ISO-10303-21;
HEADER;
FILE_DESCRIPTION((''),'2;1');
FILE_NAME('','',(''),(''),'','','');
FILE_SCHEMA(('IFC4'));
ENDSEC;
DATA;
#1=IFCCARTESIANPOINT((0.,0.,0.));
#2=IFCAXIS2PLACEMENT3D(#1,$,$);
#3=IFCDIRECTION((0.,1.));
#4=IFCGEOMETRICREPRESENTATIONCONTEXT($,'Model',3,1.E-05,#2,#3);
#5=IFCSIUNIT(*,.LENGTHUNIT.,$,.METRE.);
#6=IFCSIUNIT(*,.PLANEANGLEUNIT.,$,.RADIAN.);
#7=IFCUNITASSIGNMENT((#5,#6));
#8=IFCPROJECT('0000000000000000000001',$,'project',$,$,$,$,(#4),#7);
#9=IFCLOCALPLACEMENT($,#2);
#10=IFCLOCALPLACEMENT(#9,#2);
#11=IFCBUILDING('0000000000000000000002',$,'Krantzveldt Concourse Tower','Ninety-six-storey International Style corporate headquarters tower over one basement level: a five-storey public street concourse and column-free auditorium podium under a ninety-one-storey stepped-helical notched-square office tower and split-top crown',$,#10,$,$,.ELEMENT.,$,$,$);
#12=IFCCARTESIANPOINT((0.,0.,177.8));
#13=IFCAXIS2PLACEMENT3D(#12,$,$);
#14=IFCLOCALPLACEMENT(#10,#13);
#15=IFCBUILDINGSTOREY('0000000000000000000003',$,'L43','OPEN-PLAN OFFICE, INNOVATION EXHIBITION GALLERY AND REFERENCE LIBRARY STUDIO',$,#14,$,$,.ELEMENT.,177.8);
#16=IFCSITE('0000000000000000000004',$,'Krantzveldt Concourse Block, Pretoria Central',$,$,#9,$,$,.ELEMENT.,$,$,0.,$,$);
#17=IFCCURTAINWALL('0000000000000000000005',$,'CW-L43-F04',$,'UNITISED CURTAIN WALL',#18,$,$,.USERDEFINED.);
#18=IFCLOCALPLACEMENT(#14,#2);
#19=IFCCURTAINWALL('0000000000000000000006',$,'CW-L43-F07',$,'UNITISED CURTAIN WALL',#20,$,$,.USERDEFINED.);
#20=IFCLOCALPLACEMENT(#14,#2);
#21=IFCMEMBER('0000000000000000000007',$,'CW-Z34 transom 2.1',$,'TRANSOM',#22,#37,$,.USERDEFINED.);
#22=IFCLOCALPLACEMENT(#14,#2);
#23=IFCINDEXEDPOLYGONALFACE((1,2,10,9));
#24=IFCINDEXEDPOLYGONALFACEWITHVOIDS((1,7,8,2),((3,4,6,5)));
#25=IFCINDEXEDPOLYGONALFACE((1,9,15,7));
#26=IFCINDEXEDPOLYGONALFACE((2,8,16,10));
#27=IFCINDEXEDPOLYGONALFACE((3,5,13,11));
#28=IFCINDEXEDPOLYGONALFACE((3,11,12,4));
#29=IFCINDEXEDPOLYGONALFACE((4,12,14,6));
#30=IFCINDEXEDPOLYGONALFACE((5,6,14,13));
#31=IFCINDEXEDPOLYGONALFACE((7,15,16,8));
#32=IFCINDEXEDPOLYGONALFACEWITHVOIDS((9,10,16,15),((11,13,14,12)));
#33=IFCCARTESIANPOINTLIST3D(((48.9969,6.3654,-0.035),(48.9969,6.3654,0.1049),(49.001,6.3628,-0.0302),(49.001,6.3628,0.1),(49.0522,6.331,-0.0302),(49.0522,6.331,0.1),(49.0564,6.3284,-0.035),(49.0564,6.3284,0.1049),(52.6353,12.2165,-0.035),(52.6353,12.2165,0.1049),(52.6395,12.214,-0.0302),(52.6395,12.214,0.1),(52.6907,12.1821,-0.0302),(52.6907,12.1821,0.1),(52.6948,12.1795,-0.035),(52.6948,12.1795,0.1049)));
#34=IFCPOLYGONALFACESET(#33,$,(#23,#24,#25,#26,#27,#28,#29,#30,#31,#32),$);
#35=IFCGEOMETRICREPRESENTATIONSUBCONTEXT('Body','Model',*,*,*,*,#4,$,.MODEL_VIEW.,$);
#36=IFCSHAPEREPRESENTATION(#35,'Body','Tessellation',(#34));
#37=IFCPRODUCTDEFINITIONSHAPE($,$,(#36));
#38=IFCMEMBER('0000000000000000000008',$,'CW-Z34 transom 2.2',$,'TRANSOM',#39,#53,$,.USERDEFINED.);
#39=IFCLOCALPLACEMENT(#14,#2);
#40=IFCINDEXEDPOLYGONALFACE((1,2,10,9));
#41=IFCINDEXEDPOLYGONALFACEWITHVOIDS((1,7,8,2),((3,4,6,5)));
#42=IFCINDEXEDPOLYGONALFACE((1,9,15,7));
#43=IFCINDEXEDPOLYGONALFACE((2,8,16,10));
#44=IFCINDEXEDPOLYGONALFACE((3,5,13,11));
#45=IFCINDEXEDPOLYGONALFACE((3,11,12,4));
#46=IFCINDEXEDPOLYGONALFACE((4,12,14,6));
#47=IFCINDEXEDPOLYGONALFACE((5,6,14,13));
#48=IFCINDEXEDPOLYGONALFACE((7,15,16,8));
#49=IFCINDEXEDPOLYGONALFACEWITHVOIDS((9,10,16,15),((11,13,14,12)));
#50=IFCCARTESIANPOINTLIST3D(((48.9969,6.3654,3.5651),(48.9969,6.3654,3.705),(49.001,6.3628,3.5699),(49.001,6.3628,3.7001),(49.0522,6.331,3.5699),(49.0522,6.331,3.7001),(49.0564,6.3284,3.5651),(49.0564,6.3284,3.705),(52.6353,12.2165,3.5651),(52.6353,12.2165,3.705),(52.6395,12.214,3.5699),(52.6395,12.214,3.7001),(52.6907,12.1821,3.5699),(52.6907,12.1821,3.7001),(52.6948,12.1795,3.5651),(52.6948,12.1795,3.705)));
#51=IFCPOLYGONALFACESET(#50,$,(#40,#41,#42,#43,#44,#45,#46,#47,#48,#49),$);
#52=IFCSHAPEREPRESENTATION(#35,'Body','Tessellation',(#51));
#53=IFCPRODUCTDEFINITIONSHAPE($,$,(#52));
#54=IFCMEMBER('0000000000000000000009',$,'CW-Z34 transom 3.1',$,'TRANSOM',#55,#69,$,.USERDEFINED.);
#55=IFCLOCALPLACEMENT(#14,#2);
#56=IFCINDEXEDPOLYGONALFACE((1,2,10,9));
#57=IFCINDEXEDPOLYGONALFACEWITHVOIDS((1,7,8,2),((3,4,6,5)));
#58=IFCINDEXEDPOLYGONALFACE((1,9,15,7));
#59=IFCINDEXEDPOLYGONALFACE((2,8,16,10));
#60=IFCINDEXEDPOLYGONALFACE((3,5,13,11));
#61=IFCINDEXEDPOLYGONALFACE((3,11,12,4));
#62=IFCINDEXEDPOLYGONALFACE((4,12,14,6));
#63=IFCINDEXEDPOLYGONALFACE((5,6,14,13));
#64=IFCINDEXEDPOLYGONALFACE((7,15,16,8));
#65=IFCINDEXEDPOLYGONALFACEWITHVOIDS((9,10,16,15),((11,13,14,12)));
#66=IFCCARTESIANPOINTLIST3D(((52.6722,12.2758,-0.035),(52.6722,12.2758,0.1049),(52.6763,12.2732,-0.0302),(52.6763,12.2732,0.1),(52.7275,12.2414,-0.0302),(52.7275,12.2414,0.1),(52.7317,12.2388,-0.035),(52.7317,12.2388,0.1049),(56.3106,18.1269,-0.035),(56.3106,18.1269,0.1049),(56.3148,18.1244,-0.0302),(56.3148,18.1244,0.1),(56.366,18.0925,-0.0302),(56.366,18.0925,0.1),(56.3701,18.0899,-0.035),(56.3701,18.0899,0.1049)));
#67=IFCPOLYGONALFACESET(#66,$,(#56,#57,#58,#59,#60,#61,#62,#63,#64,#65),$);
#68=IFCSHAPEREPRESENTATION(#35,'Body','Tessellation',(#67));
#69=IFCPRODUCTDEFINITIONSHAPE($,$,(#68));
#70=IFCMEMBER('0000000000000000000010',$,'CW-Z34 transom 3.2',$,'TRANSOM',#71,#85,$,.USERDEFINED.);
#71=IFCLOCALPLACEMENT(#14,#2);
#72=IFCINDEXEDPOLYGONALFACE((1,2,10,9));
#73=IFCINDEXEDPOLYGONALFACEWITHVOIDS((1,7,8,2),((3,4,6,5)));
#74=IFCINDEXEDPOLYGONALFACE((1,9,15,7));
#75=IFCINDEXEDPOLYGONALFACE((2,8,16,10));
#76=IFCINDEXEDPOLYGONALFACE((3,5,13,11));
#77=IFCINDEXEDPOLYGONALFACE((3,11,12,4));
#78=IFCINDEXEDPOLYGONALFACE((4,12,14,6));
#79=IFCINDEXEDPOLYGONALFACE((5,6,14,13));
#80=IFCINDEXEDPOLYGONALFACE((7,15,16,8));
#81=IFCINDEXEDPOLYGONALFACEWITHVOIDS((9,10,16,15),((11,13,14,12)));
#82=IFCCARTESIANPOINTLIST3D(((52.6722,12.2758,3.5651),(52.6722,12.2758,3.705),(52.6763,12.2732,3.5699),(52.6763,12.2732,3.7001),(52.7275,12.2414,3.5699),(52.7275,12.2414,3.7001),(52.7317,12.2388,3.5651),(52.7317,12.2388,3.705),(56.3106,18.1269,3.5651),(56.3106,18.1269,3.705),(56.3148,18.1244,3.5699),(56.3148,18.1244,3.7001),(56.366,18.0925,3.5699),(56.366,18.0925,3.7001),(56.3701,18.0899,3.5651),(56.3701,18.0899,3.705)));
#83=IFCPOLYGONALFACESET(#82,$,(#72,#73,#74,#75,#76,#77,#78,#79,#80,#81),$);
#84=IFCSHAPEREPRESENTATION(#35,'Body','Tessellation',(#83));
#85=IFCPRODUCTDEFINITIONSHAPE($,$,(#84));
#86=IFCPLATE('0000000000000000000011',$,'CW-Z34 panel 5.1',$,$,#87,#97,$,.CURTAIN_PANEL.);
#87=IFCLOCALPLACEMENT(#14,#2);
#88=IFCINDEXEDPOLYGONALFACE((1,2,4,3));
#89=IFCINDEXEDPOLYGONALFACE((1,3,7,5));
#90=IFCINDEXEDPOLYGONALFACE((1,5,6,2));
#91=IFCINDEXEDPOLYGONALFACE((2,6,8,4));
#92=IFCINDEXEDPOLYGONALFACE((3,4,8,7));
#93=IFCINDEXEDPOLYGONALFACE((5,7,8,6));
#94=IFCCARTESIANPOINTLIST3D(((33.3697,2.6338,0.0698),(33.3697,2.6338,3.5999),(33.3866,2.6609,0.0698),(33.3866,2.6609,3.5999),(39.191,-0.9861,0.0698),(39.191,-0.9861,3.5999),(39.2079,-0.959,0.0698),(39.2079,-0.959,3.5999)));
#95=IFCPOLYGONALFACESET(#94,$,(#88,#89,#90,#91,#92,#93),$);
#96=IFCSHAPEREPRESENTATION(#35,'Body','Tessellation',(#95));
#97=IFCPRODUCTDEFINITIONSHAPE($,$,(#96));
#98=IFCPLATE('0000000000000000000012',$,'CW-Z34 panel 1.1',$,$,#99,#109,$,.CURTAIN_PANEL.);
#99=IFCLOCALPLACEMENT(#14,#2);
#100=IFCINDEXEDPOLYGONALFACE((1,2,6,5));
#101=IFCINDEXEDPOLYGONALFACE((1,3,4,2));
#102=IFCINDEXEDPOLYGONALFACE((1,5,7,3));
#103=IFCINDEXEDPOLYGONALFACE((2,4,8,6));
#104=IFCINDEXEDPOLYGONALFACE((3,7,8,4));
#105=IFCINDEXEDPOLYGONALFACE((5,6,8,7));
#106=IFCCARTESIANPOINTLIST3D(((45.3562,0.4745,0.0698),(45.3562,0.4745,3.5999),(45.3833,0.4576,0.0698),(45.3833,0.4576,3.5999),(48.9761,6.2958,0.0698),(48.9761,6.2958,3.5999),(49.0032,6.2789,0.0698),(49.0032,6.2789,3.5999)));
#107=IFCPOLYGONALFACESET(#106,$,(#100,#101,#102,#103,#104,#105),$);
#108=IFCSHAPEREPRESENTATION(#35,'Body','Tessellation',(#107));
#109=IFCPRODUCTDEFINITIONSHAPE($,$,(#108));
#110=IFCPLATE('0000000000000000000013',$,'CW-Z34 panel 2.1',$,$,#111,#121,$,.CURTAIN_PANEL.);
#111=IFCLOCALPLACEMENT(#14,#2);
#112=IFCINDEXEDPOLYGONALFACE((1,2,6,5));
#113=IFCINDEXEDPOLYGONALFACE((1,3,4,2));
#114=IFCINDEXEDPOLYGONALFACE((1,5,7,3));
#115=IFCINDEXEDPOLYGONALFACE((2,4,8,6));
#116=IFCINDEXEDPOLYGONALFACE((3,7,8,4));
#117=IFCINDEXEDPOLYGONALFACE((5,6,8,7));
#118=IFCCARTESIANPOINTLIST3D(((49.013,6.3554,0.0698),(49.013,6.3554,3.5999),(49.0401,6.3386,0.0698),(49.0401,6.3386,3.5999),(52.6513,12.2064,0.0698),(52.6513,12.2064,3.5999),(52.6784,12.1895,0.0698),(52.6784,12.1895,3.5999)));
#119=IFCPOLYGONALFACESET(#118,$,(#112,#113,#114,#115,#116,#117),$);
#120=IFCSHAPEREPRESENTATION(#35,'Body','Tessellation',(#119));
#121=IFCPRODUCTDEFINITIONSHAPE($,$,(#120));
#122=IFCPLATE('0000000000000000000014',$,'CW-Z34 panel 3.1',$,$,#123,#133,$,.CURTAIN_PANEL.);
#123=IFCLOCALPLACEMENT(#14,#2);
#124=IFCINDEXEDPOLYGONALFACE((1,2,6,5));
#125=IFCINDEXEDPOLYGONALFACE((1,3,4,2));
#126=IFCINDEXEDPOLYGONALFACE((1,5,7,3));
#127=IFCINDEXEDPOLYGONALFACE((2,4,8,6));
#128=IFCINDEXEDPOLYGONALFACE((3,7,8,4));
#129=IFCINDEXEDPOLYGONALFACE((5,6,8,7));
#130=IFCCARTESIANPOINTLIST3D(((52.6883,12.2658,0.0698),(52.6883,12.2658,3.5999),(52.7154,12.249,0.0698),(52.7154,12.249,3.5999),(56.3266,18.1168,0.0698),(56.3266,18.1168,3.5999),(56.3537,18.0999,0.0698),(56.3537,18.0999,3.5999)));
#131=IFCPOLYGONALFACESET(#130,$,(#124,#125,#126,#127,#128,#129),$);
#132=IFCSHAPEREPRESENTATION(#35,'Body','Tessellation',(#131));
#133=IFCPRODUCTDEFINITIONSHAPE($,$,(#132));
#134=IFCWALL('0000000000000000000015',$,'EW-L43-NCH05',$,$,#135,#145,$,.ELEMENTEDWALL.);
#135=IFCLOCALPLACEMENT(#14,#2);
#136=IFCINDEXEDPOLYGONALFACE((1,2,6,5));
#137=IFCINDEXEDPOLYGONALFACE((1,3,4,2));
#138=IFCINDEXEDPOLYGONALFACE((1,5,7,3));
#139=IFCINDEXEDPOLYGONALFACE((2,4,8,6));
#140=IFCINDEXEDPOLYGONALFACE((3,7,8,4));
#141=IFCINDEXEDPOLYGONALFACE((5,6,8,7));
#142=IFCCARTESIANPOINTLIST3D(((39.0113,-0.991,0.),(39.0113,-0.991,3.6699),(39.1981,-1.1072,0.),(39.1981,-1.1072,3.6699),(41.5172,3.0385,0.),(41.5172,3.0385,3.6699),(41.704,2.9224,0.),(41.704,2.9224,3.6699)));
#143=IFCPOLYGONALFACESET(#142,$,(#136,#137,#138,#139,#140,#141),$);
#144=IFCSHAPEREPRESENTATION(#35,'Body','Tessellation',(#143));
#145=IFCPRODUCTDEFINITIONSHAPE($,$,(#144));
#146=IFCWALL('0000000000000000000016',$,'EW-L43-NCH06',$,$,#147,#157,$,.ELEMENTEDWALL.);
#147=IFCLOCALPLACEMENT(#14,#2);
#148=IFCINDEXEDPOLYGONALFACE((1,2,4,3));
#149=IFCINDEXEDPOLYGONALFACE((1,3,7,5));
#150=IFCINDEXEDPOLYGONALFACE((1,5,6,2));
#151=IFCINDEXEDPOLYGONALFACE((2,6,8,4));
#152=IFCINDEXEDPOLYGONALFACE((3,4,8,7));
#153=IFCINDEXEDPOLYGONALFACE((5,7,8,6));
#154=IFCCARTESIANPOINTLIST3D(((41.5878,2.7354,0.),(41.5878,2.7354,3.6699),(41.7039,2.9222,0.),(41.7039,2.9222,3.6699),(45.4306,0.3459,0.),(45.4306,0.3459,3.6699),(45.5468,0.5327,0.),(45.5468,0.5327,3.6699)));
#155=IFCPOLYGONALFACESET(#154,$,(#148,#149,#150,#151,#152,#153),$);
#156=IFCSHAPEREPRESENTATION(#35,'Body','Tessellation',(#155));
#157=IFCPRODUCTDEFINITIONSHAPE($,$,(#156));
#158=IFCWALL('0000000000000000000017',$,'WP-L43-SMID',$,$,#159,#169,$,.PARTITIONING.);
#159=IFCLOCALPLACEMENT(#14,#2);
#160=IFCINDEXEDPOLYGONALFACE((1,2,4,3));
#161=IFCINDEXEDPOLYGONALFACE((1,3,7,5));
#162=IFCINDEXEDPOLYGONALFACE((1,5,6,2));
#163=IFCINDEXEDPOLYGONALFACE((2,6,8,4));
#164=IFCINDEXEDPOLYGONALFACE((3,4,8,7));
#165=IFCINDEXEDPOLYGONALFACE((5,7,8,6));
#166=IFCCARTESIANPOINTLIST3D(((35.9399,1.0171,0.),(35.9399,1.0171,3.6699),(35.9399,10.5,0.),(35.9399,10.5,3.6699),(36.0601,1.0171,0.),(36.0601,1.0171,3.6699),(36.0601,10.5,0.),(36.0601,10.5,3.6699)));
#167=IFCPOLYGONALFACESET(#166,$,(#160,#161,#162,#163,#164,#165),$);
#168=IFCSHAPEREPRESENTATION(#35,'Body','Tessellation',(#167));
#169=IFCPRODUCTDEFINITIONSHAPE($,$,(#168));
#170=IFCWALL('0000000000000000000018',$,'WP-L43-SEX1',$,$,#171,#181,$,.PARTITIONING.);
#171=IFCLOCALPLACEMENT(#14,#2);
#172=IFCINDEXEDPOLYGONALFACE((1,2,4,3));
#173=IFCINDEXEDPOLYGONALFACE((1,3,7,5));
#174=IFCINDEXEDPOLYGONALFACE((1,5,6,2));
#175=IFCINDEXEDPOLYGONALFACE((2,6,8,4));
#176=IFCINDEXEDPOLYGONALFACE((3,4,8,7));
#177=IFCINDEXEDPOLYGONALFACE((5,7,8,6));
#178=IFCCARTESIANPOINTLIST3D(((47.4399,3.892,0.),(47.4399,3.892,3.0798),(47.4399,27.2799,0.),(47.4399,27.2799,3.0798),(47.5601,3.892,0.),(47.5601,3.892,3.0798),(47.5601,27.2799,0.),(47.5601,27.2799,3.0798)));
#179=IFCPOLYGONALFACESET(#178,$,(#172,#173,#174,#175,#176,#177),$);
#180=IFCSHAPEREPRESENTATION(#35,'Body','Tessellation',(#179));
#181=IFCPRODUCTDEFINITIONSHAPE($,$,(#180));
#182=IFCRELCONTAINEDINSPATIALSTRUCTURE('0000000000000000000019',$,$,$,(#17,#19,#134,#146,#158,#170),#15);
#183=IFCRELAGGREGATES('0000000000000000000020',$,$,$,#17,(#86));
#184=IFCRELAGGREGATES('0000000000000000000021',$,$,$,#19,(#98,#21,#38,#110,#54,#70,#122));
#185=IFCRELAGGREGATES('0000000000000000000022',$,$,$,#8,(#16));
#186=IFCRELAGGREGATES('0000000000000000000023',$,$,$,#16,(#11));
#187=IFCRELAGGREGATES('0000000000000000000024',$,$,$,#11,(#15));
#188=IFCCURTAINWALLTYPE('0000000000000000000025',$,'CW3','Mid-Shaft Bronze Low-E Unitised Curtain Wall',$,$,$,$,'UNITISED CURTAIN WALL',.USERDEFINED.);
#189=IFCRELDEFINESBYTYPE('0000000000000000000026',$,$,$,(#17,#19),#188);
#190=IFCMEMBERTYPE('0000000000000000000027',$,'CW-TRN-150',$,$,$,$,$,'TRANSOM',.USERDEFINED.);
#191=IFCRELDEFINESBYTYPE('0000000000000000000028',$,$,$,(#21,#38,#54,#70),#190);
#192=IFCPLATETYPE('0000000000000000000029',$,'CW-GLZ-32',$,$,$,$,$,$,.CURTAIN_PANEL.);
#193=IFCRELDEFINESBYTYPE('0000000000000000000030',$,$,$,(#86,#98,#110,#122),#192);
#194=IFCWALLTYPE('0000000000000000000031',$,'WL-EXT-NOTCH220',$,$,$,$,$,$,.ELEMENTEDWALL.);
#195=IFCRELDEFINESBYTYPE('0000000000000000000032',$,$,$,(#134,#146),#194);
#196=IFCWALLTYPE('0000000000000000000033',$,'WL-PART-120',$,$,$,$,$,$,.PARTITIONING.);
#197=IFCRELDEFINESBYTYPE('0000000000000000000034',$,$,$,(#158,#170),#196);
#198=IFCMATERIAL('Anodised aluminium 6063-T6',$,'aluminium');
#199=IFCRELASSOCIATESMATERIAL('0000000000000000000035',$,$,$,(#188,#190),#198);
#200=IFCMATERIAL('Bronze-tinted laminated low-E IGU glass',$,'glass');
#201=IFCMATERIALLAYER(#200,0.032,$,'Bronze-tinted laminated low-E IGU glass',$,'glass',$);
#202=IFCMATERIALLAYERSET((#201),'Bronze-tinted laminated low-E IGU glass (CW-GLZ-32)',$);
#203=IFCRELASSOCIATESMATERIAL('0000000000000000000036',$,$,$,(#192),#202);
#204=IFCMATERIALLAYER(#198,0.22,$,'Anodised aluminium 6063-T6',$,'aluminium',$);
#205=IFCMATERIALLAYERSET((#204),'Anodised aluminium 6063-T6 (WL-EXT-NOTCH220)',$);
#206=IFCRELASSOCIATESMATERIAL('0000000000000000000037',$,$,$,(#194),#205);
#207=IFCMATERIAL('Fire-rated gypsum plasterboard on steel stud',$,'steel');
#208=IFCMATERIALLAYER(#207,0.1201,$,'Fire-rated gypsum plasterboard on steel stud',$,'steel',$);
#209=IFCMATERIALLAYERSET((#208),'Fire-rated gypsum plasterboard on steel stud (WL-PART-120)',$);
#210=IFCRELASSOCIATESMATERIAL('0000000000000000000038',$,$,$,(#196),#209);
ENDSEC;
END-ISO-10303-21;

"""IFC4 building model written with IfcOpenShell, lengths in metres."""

from ifc_helpers import new_model, si_unit, direction, frame, frame_2d, origin, origin_2d, place, context, subcontext, project, spatial, rectangle, hollow_rectangle, extrude, source, transform, mapped, material, layer, layer_set, material_profile, profile_set, type_object, type_shapes, element, aggregate, save


model = new_model("IFC4")

# Units and contexts
model_context = context("Model", 3, precision=1e-05, world=origin(), true_north=direction((0.0, 1.0)))
body_context = subcontext(model_context, "Body", "Model", "MODEL_VIEW")
ifc_project = project(units=[si_unit("LENGTHUNIT", "METRE"), si_unit("PLANEANGLEUNIT", "RADIAN")], contexts=[model_context])

# Site, building, storey
site_placement = place(None, origin())
site = spatial("IfcSite", under=ifc_project, at=site_placement, Name="Krantzveldt Concourse Block, Pretoria Central", CompositionType="ELEMENT", RefElevation=0.0)
building_placement = place(site_placement, origin())
building = spatial("IfcBuilding", under=site, at=building_placement, Name="Krantzveldt Concourse Tower", Description="Ninety-six-storey International Style corporate headquarters tower over one basement level: a five-storey public street concourse and column-free auditorium podium under a ninety-one-storey stepped-helical notched-square office tower and split-top crown", CompositionType="ELEMENT")
storey_placement = place(building_placement, frame((0.0, 0.0, 177.8)))
storey = spatial("IfcBuildingStorey", under=building, at=storey_placement, Name="L43", Description="OPEN-PLAN OFFICE, INNOVATION EXHIBITION GALLERY AND REFERENCE LIBRARY STUDIO", CompositionType="ELEMENT", Elevation=177.8)

# Curtain wall
ifc_material_1 = material(Name="Anodised aluminium 6063-T6", Category="aluminium")
curtain_wall_type = type_object("IfcCurtainWallType", Name="CW3", Description="Mid-Shaft Bronze Low-E Unitised Curtain Wall", ElementType="UNITISED CURTAIN WALL", PredefinedType="USERDEFINED", material=ifc_material_1)
curtain_wall_1_placement = place(storey_placement, origin())
curtain_wall_1 = element("IfcCurtainWall", 1, at=curtain_wall_1_placement, inside=storey, type_object=curtain_wall_type, Name="CW-L43-F04", ObjectType="UNITISED CURTAIN WALL", PredefinedType="USERDEFINED")

# Curtain wall, members
curtain_wall_2_placement = place(storey_placement, origin())
curtain_wall_2 = element("IfcCurtainWall", 2, at=curtain_wall_2_placement, inside=storey, type_object=curtain_wall_type, Name="CW-L43-F07", ObjectType="UNITISED CURTAIN WALL", PredefinedType="USERDEFINED")
ifc_material_profile_1 = material_profile(ifc_material_1, hollow_rectangle(XDim=0.0701, YDim=0.1399, WallThickness=0.0049, at=origin_2d()), Name="Anodised aluminium 6063-T6", Category="aluminium")
ifc_profile_set_1 = profile_set([ifc_material_profile_1], Name="Anodised aluminium 6063-T6 - ALU-TRAN 140x70x5")
member_type_1 = type_object("IfcMemberType", Name="CW-TRN-150", ElementType="TRANSOM", PredefinedType="USERDEFINED", material=ifc_profile_set_1)
shared_shape_1 = source(origin(), body_context, "Body", "SweptSolid", [
    extrude(hollow_rectangle(XDim=0.0701, YDim=0.1399, WallThickness=0.0049, at=origin_2d()), origin(), (0.0, 0.0, 1.0), 6.8901),
])
member_1_placement = place(storey_placement, frame((49.0266, 6.3469, 0.0349), z_axis=(0.528067, 0.849202, 0.0), x_axis=(-0.849202, 0.528067, 0.0)))
member_1 = element("IfcMember", 3, at=member_1_placement, type_object=member_type_1, Name="CW-Z34 transom 2.1", ObjectType="TRANSOM", PredefinedType="USERDEFINED", context=body_context, shape_type="MappedRepresentation", body=[
    mapped(shared_shape_1, transform((0.0, 0.0, 0.0), x_axis=(1.0, 0.0, 0.0), y_axis=(0.0, 1.0, 0.0), z_axis=(0.0, 0.0, 1.0), scale=1.0)),
])
member_2_placement = place(storey_placement, frame((49.0266, 6.3469, 3.635), z_axis=(0.528067, 0.849202, 0.0), x_axis=(-0.849202, 0.528067, 0.0)))
member_2 = element("IfcMember", 4, at=member_2_placement, type_object=member_type_1, Name="CW-Z34 transom 2.2", ObjectType="TRANSOM", PredefinedType="USERDEFINED", context=body_context, shape_type="MappedRepresentation", body=[
    mapped(shared_shape_1, transform((0.0, 0.0, 0.0), x_axis=(1.0, 0.0, 0.0), y_axis=(0.0, 1.0, 0.0), z_axis=(0.0, 0.0, 1.0), scale=1.0)),
])
member_3_placement = place(storey_placement, frame((52.7019, 12.2573, 0.0349), z_axis=(0.528067, 0.849202, 0.0), x_axis=(-0.849202, 0.528067, 0.0)))
member_3 = element("IfcMember", 5, at=member_3_placement, type_object=member_type_1, Name="CW-Z34 transom 3.1", ObjectType="TRANSOM", PredefinedType="USERDEFINED", context=body_context, shape_type="MappedRepresentation", body=[
    mapped(shared_shape_1, transform((0.0, 0.0, 0.0), x_axis=(1.0, 0.0, 0.0), y_axis=(0.0, 1.0, 0.0), z_axis=(0.0, 0.0, 1.0), scale=1.0)),
])
member_4_placement = place(storey_placement, frame((52.7019, 12.2573, 3.635), z_axis=(0.528067, 0.849202, 0.0), x_axis=(-0.849202, 0.528067, 0.0)))
member_4 = element("IfcMember", 6, at=member_4_placement, type_object=member_type_1, Name="CW-Z34 transom 3.2", ObjectType="TRANSOM", PredefinedType="USERDEFINED", context=body_context, shape_type="MappedRepresentation", body=[
    mapped(shared_shape_1, transform((0.0, 0.0, 0.0), x_axis=(1.0, 0.0, 0.0), y_axis=(0.0, 1.0, 0.0), z_axis=(0.0, 0.0, 1.0), scale=1.0)),
])

# Plates
ifc_material_2 = material(Name="Bronze-tinted laminated low-E IGU glass", Category="glass")
ifc_layer_1 = layer(ifc_material_2, 0.032, Name="Bronze-tinted laminated low-E IGU glass", Category="glass")
ifc_layer_set_1 = layer_set([ifc_layer_1], Name="Bronze-tinted laminated low-E IGU glass (CW-GLZ-32)")
plate_type = type_object("IfcPlateType", Name="CW-GLZ-32", PredefinedType="CURTAIN_PANEL", material=ifc_layer_set_1)
shared_shape_2 = source(origin(), body_context, "Body", "SweptSolid", [
    extrude(rectangle(XDim=6.855, YDim=0.032, at=origin_2d()), origin(), (0.0, 0.0, 1.0), 3.53),
])
plate_1_placement = place(storey_placement, frame((36.2888, 0.8374, 0.0698), z_axis=(0.0, 0.0, 1.0), x_axis=(0.849202, -0.528068, 0.0)))
plate_1 = element("IfcPlate", 7, at=plate_1_placement, type_object=plate_type, Name="CW-Z34 panel 5.1", PredefinedType="CURTAIN_PANEL", context=body_context, shape_type="MappedRepresentation", body=[
    mapped(shared_shape_2, transform((0.0, 0.0, 0.0), x_axis=(1.0, 0.0, 0.0), y_axis=(0.0, 1.0, 0.0), z_axis=(0.0, 0.0, 1.0), scale=1.0)),
])
aggregate(curtain_wall_1, [plate_1])
plate_2_placement = place(storey_placement, frame((47.1797, 3.3767, 0.0698), z_axis=(0.0, 0.0, 1.0), x_axis=(0.528068, 0.849202, 0.0)))
plate_2 = element("IfcPlate", 8, at=plate_2_placement, type_object=plate_type, Name="CW-Z34 panel 1.1", PredefinedType="CURTAIN_PANEL", context=body_context, shape_type="MappedRepresentation", body=[
    mapped(shared_shape_2, transform((0.0, 0.0, 0.0), x_axis=(1.0, 0.0, 0.0), y_axis=(0.0, 1.0, 0.0), z_axis=(0.0, 0.0, 1.0), scale=1.0)),
])
shared_shape_3 = source(origin(), body_context, "Body", "SweptSolid", [
    extrude(rectangle(XDim=6.8899, YDim=0.032, at=origin_2d()), origin(), (0.0, 0.0, 1.0), 3.53),
])
type_shapes(plate_type, [shared_shape_2, shared_shape_3])
plate_3_placement = place(storey_placement, frame((50.8457, 9.2725, 0.0698), z_axis=(0.0, 0.0, 1.0), x_axis=(0.528068, 0.849202, 0.0)))
plate_3 = element("IfcPlate", 9, at=plate_3_placement, type_object=plate_type, Name="CW-Z34 panel 2.1", PredefinedType="CURTAIN_PANEL", context=body_context, shape_type="MappedRepresentation", body=[
    mapped(shared_shape_3, transform((0.0, 0.0, 0.0), x_axis=(1.0, 0.0, 0.0), y_axis=(0.0, 1.0, 0.0), z_axis=(0.0, 0.0, 1.0), scale=1.0)),
])
plate_4_placement = place(storey_placement, frame((54.521, 15.1829, 0.0698), z_axis=(0.0, 0.0, 1.0), x_axis=(0.528068, 0.849202, 0.0)))
plate_4 = element("IfcPlate", 10, at=plate_4_placement, type_object=plate_type, Name="CW-Z34 panel 3.1", PredefinedType="CURTAIN_PANEL", context=body_context, shape_type="MappedRepresentation", body=[
    mapped(shared_shape_3, transform((0.0, 0.0, 0.0), x_axis=(1.0, 0.0, 0.0), y_axis=(0.0, 1.0, 0.0), z_axis=(0.0, 0.0, 1.0), scale=1.0)),
])
aggregate(curtain_wall_2, [plate_2, member_1, member_2, plate_3, member_3, member_4, plate_4])

# Walls
ifc_layer_2 = layer(ifc_material_1, 0.22, Name="Anodised aluminium 6063-T6", Category="aluminium")
ifc_layer_set_2 = layer_set([ifc_layer_2], Name="Anodised aluminium 6063-T6 (WL-EXT-NOTCH220)")
wall_type_1 = type_object("IfcWallType", Name="WL-EXT-NOTCH220", PredefinedType="ELEMENTEDWALL", material=ifc_layer_set_2)
wall_1_placement = place(storey_placement, frame((39.1047, -1.0491, 0.0), z_axis=(0.0, 0.0, 1.0), x_axis=(0.528088, 0.84919, 0.0)))
element("IfcWall", 11, at=wall_1_placement, inside=storey, type_object=wall_type_1, Name="EW-L43-NCH05", PredefinedType="ELEMENTEDWALL", context=body_context, shape_type="SweptSolid", body=[
    extrude(rectangle(XDim=4.7451, YDim=0.22, at=frame_2d((2.3726, 0.0))), origin(), (0.0, 0.0, 1.0), 3.6699),
])
wall_2_placement = place(storey_placement, frame((41.6458, 2.8289, 0.0), z_axis=(0.0, 0.0, 1.0), x_axis=(0.849221, -0.528038, 0.0)))
element("IfcWall", 12, at=wall_2_placement, inside=storey, type_object=wall_type_1, Name="EW-L43-NCH06", PredefinedType="ELEMENTEDWALL", context=body_context, shape_type="SweptSolid", body=[
    extrude(rectangle(XDim=4.5251, YDim=0.22, at=frame_2d((2.2627, 0.0))), origin(), (0.0, 0.0, 1.0), 3.6699),
])
ifc_material_3 = material(Name="Fire-rated gypsum plasterboard on steel stud", Category="steel")
ifc_layer_3 = layer(ifc_material_3, 0.1201, Name="Fire-rated gypsum plasterboard on steel stud", Category="steel")
ifc_layer_set_3 = layer_set([ifc_layer_3], Name="Fire-rated gypsum plasterboard on steel stud (WL-PART-120)")
wall_type_2 = type_object("IfcWallType", Name="WL-PART-120", PredefinedType="PARTITIONING", material=ifc_layer_set_3)
wall_3_placement = place(storey_placement, frame((36.0, 1.0171, 0.0), z_axis=(0.0, 0.0, 1.0), x_axis=(0.0, 1.0, 0.0)))
element("IfcWall", 13, at=wall_3_placement, inside=storey, type_object=wall_type_2, Name="WP-L43-SMID", PredefinedType="PARTITIONING", context=body_context, shape_type="SweptSolid", body=[
    extrude(rectangle(XDim=9.4829, YDim=0.1201, at=frame_2d((4.7415, 0.0))), origin(), (0.0, 0.0, 1.0), 3.6699),
])
wall_4_placement = place(storey_placement, frame((47.5, 3.8921, 0.0), z_axis=(0.0, 0.0, 1.0), x_axis=(0.0, 1.0, 0.0)))
element("IfcWall", 14, at=wall_4_placement, inside=storey, type_object=wall_type_2, Name="WP-L43-SEX1", PredefinedType="PARTITIONING", context=body_context, shape_type="SweptSolid", body=[
    extrude(rectangle(XDim=23.3879, YDim=0.1201, at=frame_2d((11.6938, 0.0))), origin(), (0.0, 0.0, 1.0), 3.0798),
])

save(model, "model.ifc")
